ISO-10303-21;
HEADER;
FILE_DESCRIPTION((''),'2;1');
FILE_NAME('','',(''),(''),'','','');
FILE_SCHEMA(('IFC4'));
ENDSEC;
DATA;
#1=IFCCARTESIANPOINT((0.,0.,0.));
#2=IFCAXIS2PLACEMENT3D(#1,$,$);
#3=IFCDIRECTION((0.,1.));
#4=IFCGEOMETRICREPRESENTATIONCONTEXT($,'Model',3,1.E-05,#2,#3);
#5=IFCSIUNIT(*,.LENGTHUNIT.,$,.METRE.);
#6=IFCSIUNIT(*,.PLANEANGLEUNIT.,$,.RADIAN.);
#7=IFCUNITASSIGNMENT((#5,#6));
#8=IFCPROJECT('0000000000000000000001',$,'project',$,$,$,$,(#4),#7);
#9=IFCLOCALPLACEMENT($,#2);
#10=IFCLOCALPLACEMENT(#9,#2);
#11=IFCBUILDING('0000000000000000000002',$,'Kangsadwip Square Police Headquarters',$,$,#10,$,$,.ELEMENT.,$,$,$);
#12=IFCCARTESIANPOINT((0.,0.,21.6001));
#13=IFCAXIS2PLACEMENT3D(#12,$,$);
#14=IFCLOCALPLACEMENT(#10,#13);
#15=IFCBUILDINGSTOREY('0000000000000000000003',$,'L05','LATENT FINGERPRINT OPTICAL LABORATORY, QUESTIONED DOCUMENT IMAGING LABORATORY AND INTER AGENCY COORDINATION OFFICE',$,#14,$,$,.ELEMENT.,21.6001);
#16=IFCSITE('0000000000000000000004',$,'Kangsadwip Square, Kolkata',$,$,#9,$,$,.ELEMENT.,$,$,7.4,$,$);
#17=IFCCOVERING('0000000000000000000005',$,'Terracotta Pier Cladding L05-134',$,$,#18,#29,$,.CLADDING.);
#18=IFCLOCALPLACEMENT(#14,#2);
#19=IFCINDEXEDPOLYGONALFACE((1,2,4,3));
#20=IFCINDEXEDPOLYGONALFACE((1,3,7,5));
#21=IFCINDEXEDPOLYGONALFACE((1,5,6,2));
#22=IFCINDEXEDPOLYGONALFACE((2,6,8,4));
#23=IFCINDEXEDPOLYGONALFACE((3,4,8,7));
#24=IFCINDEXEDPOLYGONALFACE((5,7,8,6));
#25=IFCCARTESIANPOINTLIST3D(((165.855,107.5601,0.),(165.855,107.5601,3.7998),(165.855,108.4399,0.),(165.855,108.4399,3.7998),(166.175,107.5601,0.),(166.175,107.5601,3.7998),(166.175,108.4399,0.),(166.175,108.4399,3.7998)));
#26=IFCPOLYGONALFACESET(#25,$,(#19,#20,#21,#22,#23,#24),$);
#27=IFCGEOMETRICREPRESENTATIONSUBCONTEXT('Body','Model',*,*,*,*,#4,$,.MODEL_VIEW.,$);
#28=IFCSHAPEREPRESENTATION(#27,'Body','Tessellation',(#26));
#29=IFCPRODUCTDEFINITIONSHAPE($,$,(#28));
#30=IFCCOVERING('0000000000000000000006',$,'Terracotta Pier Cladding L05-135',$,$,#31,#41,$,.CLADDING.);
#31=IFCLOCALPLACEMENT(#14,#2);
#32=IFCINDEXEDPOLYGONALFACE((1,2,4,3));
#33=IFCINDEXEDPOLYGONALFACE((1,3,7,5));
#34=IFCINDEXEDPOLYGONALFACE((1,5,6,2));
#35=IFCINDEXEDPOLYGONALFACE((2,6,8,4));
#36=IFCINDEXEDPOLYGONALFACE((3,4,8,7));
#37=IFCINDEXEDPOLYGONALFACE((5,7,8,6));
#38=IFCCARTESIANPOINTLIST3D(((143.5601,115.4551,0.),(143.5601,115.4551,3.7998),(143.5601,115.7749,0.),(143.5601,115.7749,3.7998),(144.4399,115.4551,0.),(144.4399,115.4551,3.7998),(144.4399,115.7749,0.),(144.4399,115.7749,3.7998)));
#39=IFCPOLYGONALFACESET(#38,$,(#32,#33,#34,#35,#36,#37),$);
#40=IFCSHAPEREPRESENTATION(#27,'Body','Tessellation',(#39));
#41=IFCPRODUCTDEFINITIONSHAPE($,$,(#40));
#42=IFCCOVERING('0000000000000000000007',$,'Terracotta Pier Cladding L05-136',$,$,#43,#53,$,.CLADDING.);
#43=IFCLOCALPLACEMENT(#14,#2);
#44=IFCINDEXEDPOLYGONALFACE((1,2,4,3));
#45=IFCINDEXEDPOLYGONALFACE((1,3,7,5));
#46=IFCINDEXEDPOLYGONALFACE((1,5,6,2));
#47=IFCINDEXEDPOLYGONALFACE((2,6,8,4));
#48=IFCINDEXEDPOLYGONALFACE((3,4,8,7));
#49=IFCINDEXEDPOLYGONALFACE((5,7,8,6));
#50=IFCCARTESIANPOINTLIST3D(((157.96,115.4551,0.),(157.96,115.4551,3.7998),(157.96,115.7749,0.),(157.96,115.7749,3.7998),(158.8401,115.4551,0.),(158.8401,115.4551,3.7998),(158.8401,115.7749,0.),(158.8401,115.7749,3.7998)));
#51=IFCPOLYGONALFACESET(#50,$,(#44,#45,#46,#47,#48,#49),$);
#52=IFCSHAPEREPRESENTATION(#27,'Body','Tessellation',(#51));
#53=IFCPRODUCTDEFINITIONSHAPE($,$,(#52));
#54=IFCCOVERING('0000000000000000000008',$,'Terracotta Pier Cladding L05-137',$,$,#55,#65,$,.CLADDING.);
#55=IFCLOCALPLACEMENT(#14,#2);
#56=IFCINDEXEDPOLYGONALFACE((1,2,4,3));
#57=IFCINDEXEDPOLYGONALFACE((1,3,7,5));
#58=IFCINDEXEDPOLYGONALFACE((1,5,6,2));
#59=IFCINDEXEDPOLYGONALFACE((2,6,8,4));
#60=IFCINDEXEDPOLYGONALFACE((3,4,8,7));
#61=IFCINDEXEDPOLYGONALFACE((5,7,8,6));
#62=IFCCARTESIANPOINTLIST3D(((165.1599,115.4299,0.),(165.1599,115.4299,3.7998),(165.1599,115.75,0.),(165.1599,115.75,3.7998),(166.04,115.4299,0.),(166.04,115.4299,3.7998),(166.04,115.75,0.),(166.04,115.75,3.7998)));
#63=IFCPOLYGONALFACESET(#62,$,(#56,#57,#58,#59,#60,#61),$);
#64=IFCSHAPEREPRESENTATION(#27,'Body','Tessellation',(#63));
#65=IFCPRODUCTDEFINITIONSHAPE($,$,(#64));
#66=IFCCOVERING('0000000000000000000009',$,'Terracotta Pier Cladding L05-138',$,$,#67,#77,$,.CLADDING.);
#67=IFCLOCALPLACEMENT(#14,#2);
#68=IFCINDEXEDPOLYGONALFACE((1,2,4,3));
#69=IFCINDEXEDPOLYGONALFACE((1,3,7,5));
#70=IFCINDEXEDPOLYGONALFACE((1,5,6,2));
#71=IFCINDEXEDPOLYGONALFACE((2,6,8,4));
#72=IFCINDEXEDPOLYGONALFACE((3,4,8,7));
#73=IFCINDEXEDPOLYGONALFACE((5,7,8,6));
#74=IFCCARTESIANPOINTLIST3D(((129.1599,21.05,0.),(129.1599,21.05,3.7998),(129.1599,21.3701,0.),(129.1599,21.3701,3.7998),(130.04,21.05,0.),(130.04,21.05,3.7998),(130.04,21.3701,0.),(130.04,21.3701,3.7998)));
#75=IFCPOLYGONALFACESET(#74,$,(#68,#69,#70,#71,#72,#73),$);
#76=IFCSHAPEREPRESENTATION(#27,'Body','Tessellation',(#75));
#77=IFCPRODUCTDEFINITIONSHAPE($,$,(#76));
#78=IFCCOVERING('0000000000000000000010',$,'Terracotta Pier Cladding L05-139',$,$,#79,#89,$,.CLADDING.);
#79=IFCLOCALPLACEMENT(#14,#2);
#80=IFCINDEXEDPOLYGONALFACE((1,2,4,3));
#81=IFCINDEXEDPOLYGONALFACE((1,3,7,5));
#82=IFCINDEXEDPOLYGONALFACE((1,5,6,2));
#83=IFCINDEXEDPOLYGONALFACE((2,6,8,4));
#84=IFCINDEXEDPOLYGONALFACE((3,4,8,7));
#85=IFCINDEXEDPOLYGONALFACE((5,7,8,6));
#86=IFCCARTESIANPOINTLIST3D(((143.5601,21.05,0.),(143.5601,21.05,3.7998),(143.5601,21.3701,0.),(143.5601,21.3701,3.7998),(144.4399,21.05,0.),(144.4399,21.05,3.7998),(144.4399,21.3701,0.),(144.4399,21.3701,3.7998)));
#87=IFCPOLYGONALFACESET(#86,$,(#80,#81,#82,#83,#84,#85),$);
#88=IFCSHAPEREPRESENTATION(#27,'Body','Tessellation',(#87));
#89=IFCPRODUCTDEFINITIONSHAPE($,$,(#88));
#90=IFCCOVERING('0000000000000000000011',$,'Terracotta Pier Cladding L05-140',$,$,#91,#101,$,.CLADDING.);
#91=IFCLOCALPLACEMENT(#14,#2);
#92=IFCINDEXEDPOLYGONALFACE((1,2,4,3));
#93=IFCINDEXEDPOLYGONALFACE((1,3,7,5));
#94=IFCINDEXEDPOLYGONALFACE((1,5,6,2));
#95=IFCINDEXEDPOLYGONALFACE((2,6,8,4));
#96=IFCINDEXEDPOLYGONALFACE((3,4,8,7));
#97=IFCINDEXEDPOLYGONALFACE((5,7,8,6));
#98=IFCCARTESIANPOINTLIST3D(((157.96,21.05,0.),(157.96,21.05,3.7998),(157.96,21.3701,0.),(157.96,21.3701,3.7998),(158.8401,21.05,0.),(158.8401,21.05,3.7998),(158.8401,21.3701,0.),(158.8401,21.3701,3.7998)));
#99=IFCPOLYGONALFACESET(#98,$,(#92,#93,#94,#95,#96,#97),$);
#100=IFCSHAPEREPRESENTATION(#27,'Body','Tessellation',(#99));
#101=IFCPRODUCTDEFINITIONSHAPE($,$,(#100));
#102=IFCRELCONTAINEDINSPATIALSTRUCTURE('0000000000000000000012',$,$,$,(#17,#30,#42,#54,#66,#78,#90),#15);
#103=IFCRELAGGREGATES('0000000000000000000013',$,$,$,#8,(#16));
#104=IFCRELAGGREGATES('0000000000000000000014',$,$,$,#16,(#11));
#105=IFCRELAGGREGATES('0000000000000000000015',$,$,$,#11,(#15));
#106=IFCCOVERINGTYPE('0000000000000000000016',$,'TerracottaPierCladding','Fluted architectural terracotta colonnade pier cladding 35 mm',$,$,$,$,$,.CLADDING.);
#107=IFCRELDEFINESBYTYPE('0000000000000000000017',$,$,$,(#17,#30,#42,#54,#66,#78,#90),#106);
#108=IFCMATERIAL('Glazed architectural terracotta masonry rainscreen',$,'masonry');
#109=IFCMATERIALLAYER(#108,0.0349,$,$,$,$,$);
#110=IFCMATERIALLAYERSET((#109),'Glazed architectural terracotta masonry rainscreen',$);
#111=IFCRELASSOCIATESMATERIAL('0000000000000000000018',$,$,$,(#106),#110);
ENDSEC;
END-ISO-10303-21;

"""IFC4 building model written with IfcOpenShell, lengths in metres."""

from ifc_helpers import new_model, si_unit, direction, frame, origin, place, context, subcontext, project, spatial, polyline, outline, extrude, material, layer, layer_set, type_object, element, save


model = new_model("IFC4")

# Units and contexts
model_context = context("Model", 3, precision=1e-05, world=origin(), true_north=direction((0.0, 1.0)))
body_context = subcontext(model_context, "Body", "Model", "MODEL_VIEW")
ifc_project = project(units=[si_unit("LENGTHUNIT", "METRE"), si_unit("PLANEANGLEUNIT", "RADIAN")], contexts=[model_context])

# Site, building, storey
site_placement = place(None, origin())
site = spatial("IfcSite", under=ifc_project, at=site_placement, Name="Kangsadwip Square, Kolkata", CompositionType="ELEMENT", RefElevation=7.4)
building_placement = place(site_placement, origin())
building = spatial("IfcBuilding", under=site, at=building_placement, Name="Kangsadwip Square Police Headquarters", CompositionType="ELEMENT")
storey_placement = place(building_placement, frame((0.0, 0.0, 21.6001)))
storey = spatial("IfcBuildingStorey", under=building, at=storey_placement, Name="L05", Description="LATENT FINGERPRINT OPTICAL LABORATORY, QUESTIONED DOCUMENT IMAGING LABORATORY AND INTER AGENCY COORDINATION OFFICE", CompositionType="ELEMENT", Elevation=21.6001)

# Coverings
ifc_material_1 = material(Name="Glazed architectural terracotta masonry rainscreen", Category="masonry")
ifc_layer_1 = layer(ifc_material_1, 0.0349)
ifc_layer_set_1 = layer_set([ifc_layer_1], Name="Glazed architectural terracotta masonry rainscreen")
covering_type_1 = type_object("IfcCoveringType", Name="TerracottaPierCladding", Description="Fluted architectural terracotta colonnade pier cladding 35 mm", PredefinedType="CLADDING", material=ifc_layer_set_1)
covering_1_placement = place(storey_placement, origin())
element("IfcCovering", 1, at=covering_1_placement, inside=storey, type_object=covering_type_1, Name="Terracotta Pier Cladding L05-134", PredefinedType="CLADDING", context=body_context, shape_type="SweptSolid", body=[
    extrude(outline(polyline([(165.855, 107.5601), (166.175, 107.5601), (166.175, 108.4399), (165.855, 108.4399), (165.855, 107.5601)])), origin(), (0.0, 0.0, 1.0), 3.7998),
])
covering_2_placement = place(storey_placement, origin())
element("IfcCovering", 2, at=covering_2_placement, inside=storey, type_object=covering_type_1, Name="Terracotta Pier Cladding L05-135", PredefinedType="CLADDING", context=body_context, shape_type="SweptSolid", body=[
    extrude(outline(polyline([(143.5601, 115.4551), (144.4399, 115.4551), (144.4399, 115.7749), (143.5601, 115.7749), (143.5601, 115.4551)])), origin(), (0.0, 0.0, 1.0), 3.7998),
])
covering_3_placement = place(storey_placement, origin())
element("IfcCovering", 3, at=covering_3_placement, inside=storey, type_object=covering_type_1, Name="Terracotta Pier Cladding L05-136", PredefinedType="CLADDING", context=body_context, shape_type="SweptSolid", body=[
    extrude(outline(polyline([(157.96, 115.4551), (158.8401, 115.4551), (158.8401, 115.7749), (157.96, 115.7749), (157.96, 115.4551)])), origin(), (0.0, 0.0, 1.0), 3.7998),
])
covering_4_placement = place(storey_placement, origin())
element("IfcCovering", 4, at=covering_4_placement, inside=storey, type_object=covering_type_1, Name="Terracotta Pier Cladding L05-137", PredefinedType="CLADDING", context=body_context, shape_type="SweptSolid", body=[
    extrude(outline(polyline([(165.1599, 115.4299), (166.04, 115.4299), (166.04, 115.75), (165.1599, 115.75), (165.1599, 115.4299)])), origin(), (0.0, 0.0, 1.0), 3.7998),
])
covering_5_placement = place(storey_placement, origin())
element("IfcCovering", 5, at=covering_5_placement, inside=storey, type_object=covering_type_1, Name="Terracotta Pier Cladding L05-138", PredefinedType="CLADDING", context=body_context, shape_type="SweptSolid", body=[
    extrude(outline(polyline([(129.1599, 21.05), (130.04, 21.05), (130.04, 21.3701), (129.1599, 21.3701), (129.1599, 21.05)])), origin(), (0.0, 0.0, 1.0), 3.7998),
])
covering_6_placement = place(storey_placement, origin())
element("IfcCovering", 6, at=covering_6_placement, inside=storey, type_object=covering_type_1, Name="Terracotta Pier Cladding L05-139", PredefinedType="CLADDING", context=body_context, shape_type="SweptSolid", body=[
    extrude(outline(polyline([(143.5601, 21.05), (144.4399, 21.05), (144.4399, 21.3701), (143.5601, 21.3701), (143.5601, 21.05)])), origin(), (0.0, 0.0, 1.0), 3.7998),
])
covering_7_placement = place(storey_placement, origin())
element("IfcCovering", 7, at=covering_7_placement, inside=storey, type_object=covering_type_1, Name="Terracotta Pier Cladding L05-140", PredefinedType="CLADDING", context=body_context, shape_type="SweptSolid", body=[
    extrude(outline(polyline([(157.96, 21.05), (158.8401, 21.05), (158.8401, 21.3701), (157.96, 21.3701), (157.96, 21.05)])), origin(), (0.0, 0.0, 1.0), 3.7998),
])

save(model, "model.ifc")
